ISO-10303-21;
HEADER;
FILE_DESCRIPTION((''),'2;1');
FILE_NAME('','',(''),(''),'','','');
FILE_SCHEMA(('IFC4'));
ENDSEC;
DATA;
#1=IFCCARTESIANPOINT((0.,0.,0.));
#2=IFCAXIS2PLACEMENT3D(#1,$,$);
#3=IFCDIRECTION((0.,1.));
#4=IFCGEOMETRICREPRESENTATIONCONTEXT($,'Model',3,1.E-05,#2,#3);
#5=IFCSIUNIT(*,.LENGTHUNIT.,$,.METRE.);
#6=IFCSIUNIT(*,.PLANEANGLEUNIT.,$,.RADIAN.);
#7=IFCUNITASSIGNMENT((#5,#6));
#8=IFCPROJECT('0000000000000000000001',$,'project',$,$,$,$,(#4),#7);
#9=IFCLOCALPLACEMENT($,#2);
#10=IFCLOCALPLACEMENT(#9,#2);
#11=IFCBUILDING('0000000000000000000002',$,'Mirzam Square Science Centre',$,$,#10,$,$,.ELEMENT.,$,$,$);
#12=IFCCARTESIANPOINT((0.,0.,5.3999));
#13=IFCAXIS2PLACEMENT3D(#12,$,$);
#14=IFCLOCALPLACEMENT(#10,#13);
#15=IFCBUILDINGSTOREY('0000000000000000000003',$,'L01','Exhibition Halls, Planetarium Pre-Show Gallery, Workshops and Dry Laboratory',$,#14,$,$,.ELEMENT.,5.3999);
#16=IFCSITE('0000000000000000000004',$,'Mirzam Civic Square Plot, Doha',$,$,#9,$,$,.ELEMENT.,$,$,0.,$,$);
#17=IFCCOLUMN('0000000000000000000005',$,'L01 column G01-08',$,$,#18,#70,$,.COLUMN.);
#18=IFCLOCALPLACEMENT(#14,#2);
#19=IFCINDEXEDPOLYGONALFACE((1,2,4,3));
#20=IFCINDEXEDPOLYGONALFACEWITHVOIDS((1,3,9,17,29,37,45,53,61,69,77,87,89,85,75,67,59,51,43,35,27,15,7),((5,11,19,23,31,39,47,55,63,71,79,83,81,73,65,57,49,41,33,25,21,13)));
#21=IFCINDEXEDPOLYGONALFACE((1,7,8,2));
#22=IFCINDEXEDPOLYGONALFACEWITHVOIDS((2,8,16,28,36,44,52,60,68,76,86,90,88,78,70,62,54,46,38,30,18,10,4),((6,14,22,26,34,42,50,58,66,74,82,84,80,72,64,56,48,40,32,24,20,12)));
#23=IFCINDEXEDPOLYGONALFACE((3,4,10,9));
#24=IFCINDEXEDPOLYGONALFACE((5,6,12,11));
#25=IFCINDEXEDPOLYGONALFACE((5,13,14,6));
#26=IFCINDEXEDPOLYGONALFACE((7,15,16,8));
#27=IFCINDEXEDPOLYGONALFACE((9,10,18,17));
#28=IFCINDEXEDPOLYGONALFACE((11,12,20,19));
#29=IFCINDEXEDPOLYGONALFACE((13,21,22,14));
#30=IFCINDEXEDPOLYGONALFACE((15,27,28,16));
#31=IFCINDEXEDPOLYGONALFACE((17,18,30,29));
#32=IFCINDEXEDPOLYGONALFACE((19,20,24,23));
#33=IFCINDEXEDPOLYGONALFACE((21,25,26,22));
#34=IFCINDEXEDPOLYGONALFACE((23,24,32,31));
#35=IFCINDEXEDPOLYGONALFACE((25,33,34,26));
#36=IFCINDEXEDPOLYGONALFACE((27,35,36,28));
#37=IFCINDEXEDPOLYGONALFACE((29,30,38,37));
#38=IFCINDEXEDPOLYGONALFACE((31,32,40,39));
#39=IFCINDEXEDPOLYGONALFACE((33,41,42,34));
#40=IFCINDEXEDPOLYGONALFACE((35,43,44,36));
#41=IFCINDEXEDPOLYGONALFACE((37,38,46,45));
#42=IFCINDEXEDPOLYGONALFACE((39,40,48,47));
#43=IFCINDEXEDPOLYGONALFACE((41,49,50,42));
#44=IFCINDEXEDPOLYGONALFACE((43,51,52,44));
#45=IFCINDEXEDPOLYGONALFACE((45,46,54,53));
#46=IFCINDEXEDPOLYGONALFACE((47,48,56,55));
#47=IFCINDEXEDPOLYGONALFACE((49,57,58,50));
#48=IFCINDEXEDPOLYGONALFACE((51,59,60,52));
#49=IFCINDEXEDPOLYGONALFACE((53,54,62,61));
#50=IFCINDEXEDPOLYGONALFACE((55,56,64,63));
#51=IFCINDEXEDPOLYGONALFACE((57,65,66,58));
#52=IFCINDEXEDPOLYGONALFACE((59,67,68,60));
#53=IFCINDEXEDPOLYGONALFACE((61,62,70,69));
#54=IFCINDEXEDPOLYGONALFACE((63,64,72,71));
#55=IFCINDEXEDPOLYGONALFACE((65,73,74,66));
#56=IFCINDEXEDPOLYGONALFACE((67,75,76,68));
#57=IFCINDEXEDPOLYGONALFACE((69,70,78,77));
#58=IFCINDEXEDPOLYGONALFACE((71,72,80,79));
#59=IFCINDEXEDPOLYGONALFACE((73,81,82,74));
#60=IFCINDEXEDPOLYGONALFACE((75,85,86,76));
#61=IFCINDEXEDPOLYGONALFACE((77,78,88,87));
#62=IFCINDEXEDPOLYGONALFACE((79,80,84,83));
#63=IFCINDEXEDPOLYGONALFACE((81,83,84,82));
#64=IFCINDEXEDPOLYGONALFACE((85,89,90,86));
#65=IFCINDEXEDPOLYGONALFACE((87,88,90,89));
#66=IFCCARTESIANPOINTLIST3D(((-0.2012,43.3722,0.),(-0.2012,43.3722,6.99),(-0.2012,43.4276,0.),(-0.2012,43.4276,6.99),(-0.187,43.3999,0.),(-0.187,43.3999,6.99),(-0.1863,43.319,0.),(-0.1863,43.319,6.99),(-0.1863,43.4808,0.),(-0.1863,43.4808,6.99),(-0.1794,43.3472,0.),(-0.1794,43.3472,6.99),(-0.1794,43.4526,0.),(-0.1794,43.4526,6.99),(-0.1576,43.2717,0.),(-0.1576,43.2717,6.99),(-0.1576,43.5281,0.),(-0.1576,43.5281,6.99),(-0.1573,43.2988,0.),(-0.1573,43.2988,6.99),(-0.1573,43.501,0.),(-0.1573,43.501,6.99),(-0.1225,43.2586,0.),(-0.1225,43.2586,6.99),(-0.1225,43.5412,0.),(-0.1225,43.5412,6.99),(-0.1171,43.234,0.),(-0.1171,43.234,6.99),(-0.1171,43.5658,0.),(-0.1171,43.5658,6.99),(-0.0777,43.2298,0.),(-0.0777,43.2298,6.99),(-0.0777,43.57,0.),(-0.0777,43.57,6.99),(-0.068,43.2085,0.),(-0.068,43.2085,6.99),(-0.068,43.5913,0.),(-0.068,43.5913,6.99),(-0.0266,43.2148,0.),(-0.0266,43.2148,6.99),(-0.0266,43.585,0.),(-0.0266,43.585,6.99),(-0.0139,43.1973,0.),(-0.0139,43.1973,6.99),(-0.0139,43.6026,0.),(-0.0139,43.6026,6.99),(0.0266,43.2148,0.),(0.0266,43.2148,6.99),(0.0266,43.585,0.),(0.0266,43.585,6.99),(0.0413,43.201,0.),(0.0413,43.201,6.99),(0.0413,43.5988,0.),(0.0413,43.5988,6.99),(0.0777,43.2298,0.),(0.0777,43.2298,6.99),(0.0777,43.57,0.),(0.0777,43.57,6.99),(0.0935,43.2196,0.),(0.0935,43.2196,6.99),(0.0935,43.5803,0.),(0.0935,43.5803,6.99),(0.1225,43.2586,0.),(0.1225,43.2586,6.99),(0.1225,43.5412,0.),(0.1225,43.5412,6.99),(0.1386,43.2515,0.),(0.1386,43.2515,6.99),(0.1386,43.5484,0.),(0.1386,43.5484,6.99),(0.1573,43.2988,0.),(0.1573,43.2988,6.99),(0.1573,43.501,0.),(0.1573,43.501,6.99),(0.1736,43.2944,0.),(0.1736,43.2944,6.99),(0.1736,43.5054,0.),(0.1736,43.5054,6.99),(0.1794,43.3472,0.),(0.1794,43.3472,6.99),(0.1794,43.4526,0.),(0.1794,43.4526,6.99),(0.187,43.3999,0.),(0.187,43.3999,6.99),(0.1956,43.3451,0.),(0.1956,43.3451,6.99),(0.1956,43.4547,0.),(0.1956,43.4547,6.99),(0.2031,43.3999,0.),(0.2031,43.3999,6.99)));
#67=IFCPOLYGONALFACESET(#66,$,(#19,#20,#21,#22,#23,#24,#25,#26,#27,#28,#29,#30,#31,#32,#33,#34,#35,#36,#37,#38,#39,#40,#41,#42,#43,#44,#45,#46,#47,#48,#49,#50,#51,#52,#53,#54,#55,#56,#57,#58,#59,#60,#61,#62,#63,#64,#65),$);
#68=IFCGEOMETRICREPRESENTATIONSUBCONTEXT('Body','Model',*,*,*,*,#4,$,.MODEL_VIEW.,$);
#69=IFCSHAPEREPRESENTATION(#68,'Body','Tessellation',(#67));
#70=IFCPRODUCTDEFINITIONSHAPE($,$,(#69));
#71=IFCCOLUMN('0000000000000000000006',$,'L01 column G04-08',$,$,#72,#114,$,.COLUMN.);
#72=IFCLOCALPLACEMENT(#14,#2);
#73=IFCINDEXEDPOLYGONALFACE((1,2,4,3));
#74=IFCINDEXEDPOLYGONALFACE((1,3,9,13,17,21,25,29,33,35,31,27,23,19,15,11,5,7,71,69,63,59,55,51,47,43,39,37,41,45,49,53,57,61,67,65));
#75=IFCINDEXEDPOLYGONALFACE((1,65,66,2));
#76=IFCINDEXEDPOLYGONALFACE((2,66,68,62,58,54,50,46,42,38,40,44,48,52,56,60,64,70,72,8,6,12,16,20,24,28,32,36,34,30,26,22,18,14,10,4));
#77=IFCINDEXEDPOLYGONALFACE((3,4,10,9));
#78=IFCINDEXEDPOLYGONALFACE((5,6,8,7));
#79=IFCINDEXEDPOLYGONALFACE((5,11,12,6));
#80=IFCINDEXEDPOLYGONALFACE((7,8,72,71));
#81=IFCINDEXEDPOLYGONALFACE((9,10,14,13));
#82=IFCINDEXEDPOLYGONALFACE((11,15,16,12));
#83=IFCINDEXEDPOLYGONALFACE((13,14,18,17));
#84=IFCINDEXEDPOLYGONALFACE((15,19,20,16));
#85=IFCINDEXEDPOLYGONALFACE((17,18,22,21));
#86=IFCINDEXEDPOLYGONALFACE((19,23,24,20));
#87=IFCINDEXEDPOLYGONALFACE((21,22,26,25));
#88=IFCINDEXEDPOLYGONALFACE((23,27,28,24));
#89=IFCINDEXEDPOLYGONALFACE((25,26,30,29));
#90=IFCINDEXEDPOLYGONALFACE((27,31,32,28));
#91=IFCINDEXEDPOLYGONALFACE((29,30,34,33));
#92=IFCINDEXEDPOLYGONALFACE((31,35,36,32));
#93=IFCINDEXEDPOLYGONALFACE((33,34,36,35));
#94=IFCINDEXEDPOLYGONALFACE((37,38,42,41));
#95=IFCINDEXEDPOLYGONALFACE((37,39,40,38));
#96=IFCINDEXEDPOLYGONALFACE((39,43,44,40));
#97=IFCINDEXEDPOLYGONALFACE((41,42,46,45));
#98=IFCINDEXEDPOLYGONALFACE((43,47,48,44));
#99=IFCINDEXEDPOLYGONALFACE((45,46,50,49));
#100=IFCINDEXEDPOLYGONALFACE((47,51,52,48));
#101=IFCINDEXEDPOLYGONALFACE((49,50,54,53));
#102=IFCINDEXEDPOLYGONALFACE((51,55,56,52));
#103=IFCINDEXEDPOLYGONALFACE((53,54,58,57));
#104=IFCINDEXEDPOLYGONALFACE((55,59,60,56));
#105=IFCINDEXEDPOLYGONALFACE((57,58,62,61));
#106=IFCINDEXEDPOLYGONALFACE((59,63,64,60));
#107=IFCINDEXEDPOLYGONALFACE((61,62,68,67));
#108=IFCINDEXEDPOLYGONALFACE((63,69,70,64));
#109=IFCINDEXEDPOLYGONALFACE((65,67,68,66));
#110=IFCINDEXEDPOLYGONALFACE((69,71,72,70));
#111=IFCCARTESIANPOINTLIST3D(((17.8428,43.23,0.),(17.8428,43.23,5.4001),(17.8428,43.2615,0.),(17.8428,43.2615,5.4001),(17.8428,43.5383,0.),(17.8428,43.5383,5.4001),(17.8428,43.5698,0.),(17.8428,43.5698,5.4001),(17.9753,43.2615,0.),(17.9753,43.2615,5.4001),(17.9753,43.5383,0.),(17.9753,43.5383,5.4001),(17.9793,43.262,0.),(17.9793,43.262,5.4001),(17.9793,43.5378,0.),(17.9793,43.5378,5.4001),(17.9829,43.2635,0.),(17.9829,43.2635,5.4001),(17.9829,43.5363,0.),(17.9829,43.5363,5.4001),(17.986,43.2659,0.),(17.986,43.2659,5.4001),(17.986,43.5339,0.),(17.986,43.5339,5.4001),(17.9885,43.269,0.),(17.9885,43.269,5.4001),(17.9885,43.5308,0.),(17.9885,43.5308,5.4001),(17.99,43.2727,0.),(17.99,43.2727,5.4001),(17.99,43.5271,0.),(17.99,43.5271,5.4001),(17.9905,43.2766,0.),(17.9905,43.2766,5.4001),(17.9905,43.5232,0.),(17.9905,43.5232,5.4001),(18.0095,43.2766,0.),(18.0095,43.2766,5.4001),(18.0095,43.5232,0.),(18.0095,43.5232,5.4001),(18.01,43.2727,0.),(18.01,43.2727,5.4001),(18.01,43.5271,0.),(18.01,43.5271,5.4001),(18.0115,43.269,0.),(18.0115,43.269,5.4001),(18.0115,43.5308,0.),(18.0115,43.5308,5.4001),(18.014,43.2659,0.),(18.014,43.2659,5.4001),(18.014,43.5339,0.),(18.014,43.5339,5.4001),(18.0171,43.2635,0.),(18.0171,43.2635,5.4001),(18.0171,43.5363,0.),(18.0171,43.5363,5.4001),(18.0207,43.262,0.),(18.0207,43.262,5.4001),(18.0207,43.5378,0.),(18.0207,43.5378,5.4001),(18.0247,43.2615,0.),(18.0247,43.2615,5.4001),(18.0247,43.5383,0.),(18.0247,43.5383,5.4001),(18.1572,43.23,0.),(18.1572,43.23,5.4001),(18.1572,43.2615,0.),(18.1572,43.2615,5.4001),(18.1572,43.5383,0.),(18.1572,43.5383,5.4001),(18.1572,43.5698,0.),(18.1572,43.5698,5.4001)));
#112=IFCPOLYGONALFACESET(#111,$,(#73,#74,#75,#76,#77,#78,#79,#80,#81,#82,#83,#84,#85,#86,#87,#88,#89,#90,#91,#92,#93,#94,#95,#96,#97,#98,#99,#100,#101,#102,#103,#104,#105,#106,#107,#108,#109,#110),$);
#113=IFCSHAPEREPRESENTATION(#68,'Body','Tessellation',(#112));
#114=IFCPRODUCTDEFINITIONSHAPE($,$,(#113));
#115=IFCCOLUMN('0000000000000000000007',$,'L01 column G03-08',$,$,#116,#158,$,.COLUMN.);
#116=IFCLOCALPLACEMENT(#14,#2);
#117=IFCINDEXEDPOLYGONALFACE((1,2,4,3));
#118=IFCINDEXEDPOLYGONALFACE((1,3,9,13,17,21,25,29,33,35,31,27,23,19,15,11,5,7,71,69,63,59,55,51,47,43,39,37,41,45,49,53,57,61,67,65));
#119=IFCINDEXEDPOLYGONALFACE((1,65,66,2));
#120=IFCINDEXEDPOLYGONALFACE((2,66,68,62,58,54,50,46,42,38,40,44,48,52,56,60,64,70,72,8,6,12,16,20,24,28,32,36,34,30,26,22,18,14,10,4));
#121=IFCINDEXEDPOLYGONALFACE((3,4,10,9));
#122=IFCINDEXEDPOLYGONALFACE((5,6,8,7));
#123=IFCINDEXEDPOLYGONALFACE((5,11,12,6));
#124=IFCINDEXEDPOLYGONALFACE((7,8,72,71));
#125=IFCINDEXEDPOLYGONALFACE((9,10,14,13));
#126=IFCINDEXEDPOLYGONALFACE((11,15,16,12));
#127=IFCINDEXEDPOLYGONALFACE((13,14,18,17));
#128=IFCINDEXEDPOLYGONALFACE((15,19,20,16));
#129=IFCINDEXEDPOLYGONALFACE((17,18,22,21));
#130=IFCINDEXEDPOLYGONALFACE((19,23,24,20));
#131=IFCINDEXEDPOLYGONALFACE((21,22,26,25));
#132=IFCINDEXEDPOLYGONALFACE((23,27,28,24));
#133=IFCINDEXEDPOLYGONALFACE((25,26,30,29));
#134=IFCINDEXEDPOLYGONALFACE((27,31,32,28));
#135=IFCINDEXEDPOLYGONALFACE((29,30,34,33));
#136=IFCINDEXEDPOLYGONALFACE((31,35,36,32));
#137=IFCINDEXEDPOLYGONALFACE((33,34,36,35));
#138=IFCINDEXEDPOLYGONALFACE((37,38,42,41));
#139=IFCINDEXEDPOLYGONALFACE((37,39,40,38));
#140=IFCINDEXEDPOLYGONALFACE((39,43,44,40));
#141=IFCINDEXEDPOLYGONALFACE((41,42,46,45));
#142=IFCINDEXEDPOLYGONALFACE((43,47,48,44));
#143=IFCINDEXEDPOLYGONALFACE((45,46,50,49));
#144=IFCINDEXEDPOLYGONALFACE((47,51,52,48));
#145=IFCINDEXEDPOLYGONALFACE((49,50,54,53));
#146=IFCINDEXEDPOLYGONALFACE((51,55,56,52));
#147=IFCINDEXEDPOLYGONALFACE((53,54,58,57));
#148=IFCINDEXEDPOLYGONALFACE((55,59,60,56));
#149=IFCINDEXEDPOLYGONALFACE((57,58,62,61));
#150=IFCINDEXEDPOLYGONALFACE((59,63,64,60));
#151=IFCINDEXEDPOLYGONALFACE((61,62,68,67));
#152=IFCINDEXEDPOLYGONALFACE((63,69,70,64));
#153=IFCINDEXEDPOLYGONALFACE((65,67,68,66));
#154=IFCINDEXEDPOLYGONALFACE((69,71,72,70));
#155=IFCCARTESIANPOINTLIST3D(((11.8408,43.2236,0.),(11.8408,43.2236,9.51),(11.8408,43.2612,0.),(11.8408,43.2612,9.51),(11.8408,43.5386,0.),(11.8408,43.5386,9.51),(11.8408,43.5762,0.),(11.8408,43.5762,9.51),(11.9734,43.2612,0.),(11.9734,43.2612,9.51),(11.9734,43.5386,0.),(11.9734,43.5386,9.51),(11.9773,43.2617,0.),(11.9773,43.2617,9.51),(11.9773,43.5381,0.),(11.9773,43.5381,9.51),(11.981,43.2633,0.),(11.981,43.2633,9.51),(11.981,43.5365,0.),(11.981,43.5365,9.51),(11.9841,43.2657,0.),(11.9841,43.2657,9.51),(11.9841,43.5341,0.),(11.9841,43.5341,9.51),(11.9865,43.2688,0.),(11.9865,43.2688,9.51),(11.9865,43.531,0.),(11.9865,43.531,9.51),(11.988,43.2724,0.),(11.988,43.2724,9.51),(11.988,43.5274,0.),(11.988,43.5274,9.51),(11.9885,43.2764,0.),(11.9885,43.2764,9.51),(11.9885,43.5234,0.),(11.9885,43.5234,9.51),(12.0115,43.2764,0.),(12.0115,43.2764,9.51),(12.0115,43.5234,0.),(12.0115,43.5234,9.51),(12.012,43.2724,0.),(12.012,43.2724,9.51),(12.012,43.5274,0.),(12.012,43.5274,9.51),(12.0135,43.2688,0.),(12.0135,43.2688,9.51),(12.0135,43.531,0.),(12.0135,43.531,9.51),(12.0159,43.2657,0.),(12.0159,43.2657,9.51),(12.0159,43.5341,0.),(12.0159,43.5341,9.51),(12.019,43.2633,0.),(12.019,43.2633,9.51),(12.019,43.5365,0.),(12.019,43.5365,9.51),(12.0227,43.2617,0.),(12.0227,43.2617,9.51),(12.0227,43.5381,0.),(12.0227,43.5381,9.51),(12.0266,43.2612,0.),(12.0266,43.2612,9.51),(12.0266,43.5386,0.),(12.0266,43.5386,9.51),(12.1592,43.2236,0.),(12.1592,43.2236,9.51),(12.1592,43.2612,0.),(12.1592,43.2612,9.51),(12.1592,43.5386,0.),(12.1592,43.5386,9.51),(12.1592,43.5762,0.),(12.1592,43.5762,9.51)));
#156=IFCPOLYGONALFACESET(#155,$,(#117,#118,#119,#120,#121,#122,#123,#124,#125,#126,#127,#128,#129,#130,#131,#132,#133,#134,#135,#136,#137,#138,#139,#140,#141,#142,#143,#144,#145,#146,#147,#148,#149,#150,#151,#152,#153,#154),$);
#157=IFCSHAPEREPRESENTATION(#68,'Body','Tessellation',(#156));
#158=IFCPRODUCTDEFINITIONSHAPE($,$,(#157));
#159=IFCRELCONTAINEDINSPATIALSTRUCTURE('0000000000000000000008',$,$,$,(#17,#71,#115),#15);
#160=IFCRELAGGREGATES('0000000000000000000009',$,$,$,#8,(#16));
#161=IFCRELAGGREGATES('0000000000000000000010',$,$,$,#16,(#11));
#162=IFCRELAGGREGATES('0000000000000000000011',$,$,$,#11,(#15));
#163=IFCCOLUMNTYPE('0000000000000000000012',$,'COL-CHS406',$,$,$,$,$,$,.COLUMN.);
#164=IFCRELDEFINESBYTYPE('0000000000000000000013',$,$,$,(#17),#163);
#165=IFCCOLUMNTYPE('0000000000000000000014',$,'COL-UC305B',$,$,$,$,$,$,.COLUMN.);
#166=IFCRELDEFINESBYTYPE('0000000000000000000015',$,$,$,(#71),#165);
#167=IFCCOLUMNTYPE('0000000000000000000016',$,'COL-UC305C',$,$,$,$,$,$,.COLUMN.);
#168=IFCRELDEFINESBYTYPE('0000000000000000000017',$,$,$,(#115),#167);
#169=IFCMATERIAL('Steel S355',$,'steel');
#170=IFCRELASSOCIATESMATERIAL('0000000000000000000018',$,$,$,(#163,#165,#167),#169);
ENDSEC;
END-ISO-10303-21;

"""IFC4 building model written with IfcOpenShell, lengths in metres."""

from ifc_helpers import new_model, si_unit, direction, frame, origin, origin_2d, place, context, subcontext, project, spatial, hollow_circle, i_section, extrude, material, material_profile, profile_set, type_object, element, save


model = new_model("IFC4")

# Units and contexts
model_context = context("Model", 3, precision=1e-05, world=origin(), true_north=direction((0.0, 1.0)))
body_context = subcontext(model_context, "Body", "Model", "MODEL_VIEW")
ifc_project = project(units=[si_unit("LENGTHUNIT", "METRE"), si_unit("PLANEANGLEUNIT", "RADIAN")], contexts=[model_context])

# Site, building, storey
site_placement = place(None, origin())
site = spatial("IfcSite", under=ifc_project, at=site_placement, Name="Mirzam Civic Square Plot, Doha", CompositionType="ELEMENT", RefElevation=0.0)
building_placement = place(site_placement, origin())
building = spatial("IfcBuilding", under=site, at=building_placement, Name="Mirzam Square Science Centre", CompositionType="ELEMENT")
storey_placement = place(building_placement, frame((0.0, 0.0, 5.3999)))
storey = spatial("IfcBuildingStorey", under=building, at=storey_placement, Name="L01", Description="Exhibition Halls, Planetarium Pre-Show Gallery, Workshops and Dry Laboratory", CompositionType="ELEMENT", Elevation=5.3999)

# Columns
ifc_material_1 = material(Name="Steel S355", Category="steel")
ifc_material_profile_1 = material_profile(ifc_material_1, hollow_circle(Radius=0.2031, WallThickness=0.0161, at=origin_2d()), Name="406.4x16.0CHS")
ifc_profile_set_1 = profile_set([ifc_material_profile_1], Name="Steel S355")
column_type_1 = type_object("IfcColumnType", Name="COL-CHS406", PredefinedType="COLUMN", material=ifc_profile_set_1)
column_1_placement = place(storey_placement, frame((0.0, 43.3999, 0.0), z_axis=(0.0, 0.0, 1.0), x_axis=(1.0, 0.0, 0.0)))
element("IfcColumn", 1, at=column_1_placement, inside=storey, type_object=column_type_1, Name="L01 column G01-08", PredefinedType="COLUMN", context=body_context, shape_type="SweptSolid", body=[
    extrude(hollow_circle(Radius=0.2031, WallThickness=0.0161, at=origin_2d()), origin(), (0.0, 0.0, 1.0), 6.99),
])
ifc_material_profile_2 = material_profile(ifc_material_1, i_section(OverallWidth=0.3145, OverallDepth=0.3398, WebThickness=0.019, FlangeThickness=0.0315, FilletRadius=0.0151, at=origin_2d()), Name="305x305x198UC")
ifc_profile_set_2 = profile_set([ifc_material_profile_2], Name="Steel S355")
column_type_2 = type_object("IfcColumnType", Name="COL-UC305B", PredefinedType="COLUMN", material=ifc_profile_set_2)
column_2_placement = place(storey_placement, frame((18.0, 43.3999, 0.0), z_axis=(0.0, 0.0, 1.0), x_axis=(1.0, 0.0, 0.0)))
element("IfcColumn", 2, at=column_2_placement, inside=storey, type_object=column_type_2, Name="L01 column G04-08", PredefinedType="COLUMN", context=body_context, shape_type="SweptSolid", body=[
    extrude(i_section(OverallWidth=0.3145, OverallDepth=0.3398, WebThickness=0.019, FlangeThickness=0.0315, FilletRadius=0.0151, at=origin_2d()), origin(), (0.0, 0.0, 1.0), 5.4001),
])
ifc_material_profile_3 = material_profile(ifc_material_1, i_section(OverallWidth=0.3184, OverallDepth=0.3525, WebThickness=0.0229, FlangeThickness=0.0376, FilletRadius=0.0151, at=origin_2d()), Name="305x305x240UC")
ifc_profile_set_3 = profile_set([ifc_material_profile_3], Name="Steel S355")
column_type_3 = type_object("IfcColumnType", Name="COL-UC305C", PredefinedType="COLUMN", material=ifc_profile_set_3)
column_3_placement = place(storey_placement, frame((12.0, 43.3999, 0.0), z_axis=(0.0, 0.0, 1.0), x_axis=(1.0, 0.0, 0.0)))
element("IfcColumn", 3, at=column_3_placement, inside=storey, type_object=column_type_3, Name="L01 column G03-08", PredefinedType="COLUMN", context=body_context, shape_type="SweptSolid", body=[
    extrude(i_section(OverallWidth=0.3184, OverallDepth=0.3525, WebThickness=0.0229, FlangeThickness=0.0376, FilletRadius=0.0151, at=origin_2d()), origin(), (0.0, 0.0, 1.0), 9.51),
])

save(model, "model.ifc")
